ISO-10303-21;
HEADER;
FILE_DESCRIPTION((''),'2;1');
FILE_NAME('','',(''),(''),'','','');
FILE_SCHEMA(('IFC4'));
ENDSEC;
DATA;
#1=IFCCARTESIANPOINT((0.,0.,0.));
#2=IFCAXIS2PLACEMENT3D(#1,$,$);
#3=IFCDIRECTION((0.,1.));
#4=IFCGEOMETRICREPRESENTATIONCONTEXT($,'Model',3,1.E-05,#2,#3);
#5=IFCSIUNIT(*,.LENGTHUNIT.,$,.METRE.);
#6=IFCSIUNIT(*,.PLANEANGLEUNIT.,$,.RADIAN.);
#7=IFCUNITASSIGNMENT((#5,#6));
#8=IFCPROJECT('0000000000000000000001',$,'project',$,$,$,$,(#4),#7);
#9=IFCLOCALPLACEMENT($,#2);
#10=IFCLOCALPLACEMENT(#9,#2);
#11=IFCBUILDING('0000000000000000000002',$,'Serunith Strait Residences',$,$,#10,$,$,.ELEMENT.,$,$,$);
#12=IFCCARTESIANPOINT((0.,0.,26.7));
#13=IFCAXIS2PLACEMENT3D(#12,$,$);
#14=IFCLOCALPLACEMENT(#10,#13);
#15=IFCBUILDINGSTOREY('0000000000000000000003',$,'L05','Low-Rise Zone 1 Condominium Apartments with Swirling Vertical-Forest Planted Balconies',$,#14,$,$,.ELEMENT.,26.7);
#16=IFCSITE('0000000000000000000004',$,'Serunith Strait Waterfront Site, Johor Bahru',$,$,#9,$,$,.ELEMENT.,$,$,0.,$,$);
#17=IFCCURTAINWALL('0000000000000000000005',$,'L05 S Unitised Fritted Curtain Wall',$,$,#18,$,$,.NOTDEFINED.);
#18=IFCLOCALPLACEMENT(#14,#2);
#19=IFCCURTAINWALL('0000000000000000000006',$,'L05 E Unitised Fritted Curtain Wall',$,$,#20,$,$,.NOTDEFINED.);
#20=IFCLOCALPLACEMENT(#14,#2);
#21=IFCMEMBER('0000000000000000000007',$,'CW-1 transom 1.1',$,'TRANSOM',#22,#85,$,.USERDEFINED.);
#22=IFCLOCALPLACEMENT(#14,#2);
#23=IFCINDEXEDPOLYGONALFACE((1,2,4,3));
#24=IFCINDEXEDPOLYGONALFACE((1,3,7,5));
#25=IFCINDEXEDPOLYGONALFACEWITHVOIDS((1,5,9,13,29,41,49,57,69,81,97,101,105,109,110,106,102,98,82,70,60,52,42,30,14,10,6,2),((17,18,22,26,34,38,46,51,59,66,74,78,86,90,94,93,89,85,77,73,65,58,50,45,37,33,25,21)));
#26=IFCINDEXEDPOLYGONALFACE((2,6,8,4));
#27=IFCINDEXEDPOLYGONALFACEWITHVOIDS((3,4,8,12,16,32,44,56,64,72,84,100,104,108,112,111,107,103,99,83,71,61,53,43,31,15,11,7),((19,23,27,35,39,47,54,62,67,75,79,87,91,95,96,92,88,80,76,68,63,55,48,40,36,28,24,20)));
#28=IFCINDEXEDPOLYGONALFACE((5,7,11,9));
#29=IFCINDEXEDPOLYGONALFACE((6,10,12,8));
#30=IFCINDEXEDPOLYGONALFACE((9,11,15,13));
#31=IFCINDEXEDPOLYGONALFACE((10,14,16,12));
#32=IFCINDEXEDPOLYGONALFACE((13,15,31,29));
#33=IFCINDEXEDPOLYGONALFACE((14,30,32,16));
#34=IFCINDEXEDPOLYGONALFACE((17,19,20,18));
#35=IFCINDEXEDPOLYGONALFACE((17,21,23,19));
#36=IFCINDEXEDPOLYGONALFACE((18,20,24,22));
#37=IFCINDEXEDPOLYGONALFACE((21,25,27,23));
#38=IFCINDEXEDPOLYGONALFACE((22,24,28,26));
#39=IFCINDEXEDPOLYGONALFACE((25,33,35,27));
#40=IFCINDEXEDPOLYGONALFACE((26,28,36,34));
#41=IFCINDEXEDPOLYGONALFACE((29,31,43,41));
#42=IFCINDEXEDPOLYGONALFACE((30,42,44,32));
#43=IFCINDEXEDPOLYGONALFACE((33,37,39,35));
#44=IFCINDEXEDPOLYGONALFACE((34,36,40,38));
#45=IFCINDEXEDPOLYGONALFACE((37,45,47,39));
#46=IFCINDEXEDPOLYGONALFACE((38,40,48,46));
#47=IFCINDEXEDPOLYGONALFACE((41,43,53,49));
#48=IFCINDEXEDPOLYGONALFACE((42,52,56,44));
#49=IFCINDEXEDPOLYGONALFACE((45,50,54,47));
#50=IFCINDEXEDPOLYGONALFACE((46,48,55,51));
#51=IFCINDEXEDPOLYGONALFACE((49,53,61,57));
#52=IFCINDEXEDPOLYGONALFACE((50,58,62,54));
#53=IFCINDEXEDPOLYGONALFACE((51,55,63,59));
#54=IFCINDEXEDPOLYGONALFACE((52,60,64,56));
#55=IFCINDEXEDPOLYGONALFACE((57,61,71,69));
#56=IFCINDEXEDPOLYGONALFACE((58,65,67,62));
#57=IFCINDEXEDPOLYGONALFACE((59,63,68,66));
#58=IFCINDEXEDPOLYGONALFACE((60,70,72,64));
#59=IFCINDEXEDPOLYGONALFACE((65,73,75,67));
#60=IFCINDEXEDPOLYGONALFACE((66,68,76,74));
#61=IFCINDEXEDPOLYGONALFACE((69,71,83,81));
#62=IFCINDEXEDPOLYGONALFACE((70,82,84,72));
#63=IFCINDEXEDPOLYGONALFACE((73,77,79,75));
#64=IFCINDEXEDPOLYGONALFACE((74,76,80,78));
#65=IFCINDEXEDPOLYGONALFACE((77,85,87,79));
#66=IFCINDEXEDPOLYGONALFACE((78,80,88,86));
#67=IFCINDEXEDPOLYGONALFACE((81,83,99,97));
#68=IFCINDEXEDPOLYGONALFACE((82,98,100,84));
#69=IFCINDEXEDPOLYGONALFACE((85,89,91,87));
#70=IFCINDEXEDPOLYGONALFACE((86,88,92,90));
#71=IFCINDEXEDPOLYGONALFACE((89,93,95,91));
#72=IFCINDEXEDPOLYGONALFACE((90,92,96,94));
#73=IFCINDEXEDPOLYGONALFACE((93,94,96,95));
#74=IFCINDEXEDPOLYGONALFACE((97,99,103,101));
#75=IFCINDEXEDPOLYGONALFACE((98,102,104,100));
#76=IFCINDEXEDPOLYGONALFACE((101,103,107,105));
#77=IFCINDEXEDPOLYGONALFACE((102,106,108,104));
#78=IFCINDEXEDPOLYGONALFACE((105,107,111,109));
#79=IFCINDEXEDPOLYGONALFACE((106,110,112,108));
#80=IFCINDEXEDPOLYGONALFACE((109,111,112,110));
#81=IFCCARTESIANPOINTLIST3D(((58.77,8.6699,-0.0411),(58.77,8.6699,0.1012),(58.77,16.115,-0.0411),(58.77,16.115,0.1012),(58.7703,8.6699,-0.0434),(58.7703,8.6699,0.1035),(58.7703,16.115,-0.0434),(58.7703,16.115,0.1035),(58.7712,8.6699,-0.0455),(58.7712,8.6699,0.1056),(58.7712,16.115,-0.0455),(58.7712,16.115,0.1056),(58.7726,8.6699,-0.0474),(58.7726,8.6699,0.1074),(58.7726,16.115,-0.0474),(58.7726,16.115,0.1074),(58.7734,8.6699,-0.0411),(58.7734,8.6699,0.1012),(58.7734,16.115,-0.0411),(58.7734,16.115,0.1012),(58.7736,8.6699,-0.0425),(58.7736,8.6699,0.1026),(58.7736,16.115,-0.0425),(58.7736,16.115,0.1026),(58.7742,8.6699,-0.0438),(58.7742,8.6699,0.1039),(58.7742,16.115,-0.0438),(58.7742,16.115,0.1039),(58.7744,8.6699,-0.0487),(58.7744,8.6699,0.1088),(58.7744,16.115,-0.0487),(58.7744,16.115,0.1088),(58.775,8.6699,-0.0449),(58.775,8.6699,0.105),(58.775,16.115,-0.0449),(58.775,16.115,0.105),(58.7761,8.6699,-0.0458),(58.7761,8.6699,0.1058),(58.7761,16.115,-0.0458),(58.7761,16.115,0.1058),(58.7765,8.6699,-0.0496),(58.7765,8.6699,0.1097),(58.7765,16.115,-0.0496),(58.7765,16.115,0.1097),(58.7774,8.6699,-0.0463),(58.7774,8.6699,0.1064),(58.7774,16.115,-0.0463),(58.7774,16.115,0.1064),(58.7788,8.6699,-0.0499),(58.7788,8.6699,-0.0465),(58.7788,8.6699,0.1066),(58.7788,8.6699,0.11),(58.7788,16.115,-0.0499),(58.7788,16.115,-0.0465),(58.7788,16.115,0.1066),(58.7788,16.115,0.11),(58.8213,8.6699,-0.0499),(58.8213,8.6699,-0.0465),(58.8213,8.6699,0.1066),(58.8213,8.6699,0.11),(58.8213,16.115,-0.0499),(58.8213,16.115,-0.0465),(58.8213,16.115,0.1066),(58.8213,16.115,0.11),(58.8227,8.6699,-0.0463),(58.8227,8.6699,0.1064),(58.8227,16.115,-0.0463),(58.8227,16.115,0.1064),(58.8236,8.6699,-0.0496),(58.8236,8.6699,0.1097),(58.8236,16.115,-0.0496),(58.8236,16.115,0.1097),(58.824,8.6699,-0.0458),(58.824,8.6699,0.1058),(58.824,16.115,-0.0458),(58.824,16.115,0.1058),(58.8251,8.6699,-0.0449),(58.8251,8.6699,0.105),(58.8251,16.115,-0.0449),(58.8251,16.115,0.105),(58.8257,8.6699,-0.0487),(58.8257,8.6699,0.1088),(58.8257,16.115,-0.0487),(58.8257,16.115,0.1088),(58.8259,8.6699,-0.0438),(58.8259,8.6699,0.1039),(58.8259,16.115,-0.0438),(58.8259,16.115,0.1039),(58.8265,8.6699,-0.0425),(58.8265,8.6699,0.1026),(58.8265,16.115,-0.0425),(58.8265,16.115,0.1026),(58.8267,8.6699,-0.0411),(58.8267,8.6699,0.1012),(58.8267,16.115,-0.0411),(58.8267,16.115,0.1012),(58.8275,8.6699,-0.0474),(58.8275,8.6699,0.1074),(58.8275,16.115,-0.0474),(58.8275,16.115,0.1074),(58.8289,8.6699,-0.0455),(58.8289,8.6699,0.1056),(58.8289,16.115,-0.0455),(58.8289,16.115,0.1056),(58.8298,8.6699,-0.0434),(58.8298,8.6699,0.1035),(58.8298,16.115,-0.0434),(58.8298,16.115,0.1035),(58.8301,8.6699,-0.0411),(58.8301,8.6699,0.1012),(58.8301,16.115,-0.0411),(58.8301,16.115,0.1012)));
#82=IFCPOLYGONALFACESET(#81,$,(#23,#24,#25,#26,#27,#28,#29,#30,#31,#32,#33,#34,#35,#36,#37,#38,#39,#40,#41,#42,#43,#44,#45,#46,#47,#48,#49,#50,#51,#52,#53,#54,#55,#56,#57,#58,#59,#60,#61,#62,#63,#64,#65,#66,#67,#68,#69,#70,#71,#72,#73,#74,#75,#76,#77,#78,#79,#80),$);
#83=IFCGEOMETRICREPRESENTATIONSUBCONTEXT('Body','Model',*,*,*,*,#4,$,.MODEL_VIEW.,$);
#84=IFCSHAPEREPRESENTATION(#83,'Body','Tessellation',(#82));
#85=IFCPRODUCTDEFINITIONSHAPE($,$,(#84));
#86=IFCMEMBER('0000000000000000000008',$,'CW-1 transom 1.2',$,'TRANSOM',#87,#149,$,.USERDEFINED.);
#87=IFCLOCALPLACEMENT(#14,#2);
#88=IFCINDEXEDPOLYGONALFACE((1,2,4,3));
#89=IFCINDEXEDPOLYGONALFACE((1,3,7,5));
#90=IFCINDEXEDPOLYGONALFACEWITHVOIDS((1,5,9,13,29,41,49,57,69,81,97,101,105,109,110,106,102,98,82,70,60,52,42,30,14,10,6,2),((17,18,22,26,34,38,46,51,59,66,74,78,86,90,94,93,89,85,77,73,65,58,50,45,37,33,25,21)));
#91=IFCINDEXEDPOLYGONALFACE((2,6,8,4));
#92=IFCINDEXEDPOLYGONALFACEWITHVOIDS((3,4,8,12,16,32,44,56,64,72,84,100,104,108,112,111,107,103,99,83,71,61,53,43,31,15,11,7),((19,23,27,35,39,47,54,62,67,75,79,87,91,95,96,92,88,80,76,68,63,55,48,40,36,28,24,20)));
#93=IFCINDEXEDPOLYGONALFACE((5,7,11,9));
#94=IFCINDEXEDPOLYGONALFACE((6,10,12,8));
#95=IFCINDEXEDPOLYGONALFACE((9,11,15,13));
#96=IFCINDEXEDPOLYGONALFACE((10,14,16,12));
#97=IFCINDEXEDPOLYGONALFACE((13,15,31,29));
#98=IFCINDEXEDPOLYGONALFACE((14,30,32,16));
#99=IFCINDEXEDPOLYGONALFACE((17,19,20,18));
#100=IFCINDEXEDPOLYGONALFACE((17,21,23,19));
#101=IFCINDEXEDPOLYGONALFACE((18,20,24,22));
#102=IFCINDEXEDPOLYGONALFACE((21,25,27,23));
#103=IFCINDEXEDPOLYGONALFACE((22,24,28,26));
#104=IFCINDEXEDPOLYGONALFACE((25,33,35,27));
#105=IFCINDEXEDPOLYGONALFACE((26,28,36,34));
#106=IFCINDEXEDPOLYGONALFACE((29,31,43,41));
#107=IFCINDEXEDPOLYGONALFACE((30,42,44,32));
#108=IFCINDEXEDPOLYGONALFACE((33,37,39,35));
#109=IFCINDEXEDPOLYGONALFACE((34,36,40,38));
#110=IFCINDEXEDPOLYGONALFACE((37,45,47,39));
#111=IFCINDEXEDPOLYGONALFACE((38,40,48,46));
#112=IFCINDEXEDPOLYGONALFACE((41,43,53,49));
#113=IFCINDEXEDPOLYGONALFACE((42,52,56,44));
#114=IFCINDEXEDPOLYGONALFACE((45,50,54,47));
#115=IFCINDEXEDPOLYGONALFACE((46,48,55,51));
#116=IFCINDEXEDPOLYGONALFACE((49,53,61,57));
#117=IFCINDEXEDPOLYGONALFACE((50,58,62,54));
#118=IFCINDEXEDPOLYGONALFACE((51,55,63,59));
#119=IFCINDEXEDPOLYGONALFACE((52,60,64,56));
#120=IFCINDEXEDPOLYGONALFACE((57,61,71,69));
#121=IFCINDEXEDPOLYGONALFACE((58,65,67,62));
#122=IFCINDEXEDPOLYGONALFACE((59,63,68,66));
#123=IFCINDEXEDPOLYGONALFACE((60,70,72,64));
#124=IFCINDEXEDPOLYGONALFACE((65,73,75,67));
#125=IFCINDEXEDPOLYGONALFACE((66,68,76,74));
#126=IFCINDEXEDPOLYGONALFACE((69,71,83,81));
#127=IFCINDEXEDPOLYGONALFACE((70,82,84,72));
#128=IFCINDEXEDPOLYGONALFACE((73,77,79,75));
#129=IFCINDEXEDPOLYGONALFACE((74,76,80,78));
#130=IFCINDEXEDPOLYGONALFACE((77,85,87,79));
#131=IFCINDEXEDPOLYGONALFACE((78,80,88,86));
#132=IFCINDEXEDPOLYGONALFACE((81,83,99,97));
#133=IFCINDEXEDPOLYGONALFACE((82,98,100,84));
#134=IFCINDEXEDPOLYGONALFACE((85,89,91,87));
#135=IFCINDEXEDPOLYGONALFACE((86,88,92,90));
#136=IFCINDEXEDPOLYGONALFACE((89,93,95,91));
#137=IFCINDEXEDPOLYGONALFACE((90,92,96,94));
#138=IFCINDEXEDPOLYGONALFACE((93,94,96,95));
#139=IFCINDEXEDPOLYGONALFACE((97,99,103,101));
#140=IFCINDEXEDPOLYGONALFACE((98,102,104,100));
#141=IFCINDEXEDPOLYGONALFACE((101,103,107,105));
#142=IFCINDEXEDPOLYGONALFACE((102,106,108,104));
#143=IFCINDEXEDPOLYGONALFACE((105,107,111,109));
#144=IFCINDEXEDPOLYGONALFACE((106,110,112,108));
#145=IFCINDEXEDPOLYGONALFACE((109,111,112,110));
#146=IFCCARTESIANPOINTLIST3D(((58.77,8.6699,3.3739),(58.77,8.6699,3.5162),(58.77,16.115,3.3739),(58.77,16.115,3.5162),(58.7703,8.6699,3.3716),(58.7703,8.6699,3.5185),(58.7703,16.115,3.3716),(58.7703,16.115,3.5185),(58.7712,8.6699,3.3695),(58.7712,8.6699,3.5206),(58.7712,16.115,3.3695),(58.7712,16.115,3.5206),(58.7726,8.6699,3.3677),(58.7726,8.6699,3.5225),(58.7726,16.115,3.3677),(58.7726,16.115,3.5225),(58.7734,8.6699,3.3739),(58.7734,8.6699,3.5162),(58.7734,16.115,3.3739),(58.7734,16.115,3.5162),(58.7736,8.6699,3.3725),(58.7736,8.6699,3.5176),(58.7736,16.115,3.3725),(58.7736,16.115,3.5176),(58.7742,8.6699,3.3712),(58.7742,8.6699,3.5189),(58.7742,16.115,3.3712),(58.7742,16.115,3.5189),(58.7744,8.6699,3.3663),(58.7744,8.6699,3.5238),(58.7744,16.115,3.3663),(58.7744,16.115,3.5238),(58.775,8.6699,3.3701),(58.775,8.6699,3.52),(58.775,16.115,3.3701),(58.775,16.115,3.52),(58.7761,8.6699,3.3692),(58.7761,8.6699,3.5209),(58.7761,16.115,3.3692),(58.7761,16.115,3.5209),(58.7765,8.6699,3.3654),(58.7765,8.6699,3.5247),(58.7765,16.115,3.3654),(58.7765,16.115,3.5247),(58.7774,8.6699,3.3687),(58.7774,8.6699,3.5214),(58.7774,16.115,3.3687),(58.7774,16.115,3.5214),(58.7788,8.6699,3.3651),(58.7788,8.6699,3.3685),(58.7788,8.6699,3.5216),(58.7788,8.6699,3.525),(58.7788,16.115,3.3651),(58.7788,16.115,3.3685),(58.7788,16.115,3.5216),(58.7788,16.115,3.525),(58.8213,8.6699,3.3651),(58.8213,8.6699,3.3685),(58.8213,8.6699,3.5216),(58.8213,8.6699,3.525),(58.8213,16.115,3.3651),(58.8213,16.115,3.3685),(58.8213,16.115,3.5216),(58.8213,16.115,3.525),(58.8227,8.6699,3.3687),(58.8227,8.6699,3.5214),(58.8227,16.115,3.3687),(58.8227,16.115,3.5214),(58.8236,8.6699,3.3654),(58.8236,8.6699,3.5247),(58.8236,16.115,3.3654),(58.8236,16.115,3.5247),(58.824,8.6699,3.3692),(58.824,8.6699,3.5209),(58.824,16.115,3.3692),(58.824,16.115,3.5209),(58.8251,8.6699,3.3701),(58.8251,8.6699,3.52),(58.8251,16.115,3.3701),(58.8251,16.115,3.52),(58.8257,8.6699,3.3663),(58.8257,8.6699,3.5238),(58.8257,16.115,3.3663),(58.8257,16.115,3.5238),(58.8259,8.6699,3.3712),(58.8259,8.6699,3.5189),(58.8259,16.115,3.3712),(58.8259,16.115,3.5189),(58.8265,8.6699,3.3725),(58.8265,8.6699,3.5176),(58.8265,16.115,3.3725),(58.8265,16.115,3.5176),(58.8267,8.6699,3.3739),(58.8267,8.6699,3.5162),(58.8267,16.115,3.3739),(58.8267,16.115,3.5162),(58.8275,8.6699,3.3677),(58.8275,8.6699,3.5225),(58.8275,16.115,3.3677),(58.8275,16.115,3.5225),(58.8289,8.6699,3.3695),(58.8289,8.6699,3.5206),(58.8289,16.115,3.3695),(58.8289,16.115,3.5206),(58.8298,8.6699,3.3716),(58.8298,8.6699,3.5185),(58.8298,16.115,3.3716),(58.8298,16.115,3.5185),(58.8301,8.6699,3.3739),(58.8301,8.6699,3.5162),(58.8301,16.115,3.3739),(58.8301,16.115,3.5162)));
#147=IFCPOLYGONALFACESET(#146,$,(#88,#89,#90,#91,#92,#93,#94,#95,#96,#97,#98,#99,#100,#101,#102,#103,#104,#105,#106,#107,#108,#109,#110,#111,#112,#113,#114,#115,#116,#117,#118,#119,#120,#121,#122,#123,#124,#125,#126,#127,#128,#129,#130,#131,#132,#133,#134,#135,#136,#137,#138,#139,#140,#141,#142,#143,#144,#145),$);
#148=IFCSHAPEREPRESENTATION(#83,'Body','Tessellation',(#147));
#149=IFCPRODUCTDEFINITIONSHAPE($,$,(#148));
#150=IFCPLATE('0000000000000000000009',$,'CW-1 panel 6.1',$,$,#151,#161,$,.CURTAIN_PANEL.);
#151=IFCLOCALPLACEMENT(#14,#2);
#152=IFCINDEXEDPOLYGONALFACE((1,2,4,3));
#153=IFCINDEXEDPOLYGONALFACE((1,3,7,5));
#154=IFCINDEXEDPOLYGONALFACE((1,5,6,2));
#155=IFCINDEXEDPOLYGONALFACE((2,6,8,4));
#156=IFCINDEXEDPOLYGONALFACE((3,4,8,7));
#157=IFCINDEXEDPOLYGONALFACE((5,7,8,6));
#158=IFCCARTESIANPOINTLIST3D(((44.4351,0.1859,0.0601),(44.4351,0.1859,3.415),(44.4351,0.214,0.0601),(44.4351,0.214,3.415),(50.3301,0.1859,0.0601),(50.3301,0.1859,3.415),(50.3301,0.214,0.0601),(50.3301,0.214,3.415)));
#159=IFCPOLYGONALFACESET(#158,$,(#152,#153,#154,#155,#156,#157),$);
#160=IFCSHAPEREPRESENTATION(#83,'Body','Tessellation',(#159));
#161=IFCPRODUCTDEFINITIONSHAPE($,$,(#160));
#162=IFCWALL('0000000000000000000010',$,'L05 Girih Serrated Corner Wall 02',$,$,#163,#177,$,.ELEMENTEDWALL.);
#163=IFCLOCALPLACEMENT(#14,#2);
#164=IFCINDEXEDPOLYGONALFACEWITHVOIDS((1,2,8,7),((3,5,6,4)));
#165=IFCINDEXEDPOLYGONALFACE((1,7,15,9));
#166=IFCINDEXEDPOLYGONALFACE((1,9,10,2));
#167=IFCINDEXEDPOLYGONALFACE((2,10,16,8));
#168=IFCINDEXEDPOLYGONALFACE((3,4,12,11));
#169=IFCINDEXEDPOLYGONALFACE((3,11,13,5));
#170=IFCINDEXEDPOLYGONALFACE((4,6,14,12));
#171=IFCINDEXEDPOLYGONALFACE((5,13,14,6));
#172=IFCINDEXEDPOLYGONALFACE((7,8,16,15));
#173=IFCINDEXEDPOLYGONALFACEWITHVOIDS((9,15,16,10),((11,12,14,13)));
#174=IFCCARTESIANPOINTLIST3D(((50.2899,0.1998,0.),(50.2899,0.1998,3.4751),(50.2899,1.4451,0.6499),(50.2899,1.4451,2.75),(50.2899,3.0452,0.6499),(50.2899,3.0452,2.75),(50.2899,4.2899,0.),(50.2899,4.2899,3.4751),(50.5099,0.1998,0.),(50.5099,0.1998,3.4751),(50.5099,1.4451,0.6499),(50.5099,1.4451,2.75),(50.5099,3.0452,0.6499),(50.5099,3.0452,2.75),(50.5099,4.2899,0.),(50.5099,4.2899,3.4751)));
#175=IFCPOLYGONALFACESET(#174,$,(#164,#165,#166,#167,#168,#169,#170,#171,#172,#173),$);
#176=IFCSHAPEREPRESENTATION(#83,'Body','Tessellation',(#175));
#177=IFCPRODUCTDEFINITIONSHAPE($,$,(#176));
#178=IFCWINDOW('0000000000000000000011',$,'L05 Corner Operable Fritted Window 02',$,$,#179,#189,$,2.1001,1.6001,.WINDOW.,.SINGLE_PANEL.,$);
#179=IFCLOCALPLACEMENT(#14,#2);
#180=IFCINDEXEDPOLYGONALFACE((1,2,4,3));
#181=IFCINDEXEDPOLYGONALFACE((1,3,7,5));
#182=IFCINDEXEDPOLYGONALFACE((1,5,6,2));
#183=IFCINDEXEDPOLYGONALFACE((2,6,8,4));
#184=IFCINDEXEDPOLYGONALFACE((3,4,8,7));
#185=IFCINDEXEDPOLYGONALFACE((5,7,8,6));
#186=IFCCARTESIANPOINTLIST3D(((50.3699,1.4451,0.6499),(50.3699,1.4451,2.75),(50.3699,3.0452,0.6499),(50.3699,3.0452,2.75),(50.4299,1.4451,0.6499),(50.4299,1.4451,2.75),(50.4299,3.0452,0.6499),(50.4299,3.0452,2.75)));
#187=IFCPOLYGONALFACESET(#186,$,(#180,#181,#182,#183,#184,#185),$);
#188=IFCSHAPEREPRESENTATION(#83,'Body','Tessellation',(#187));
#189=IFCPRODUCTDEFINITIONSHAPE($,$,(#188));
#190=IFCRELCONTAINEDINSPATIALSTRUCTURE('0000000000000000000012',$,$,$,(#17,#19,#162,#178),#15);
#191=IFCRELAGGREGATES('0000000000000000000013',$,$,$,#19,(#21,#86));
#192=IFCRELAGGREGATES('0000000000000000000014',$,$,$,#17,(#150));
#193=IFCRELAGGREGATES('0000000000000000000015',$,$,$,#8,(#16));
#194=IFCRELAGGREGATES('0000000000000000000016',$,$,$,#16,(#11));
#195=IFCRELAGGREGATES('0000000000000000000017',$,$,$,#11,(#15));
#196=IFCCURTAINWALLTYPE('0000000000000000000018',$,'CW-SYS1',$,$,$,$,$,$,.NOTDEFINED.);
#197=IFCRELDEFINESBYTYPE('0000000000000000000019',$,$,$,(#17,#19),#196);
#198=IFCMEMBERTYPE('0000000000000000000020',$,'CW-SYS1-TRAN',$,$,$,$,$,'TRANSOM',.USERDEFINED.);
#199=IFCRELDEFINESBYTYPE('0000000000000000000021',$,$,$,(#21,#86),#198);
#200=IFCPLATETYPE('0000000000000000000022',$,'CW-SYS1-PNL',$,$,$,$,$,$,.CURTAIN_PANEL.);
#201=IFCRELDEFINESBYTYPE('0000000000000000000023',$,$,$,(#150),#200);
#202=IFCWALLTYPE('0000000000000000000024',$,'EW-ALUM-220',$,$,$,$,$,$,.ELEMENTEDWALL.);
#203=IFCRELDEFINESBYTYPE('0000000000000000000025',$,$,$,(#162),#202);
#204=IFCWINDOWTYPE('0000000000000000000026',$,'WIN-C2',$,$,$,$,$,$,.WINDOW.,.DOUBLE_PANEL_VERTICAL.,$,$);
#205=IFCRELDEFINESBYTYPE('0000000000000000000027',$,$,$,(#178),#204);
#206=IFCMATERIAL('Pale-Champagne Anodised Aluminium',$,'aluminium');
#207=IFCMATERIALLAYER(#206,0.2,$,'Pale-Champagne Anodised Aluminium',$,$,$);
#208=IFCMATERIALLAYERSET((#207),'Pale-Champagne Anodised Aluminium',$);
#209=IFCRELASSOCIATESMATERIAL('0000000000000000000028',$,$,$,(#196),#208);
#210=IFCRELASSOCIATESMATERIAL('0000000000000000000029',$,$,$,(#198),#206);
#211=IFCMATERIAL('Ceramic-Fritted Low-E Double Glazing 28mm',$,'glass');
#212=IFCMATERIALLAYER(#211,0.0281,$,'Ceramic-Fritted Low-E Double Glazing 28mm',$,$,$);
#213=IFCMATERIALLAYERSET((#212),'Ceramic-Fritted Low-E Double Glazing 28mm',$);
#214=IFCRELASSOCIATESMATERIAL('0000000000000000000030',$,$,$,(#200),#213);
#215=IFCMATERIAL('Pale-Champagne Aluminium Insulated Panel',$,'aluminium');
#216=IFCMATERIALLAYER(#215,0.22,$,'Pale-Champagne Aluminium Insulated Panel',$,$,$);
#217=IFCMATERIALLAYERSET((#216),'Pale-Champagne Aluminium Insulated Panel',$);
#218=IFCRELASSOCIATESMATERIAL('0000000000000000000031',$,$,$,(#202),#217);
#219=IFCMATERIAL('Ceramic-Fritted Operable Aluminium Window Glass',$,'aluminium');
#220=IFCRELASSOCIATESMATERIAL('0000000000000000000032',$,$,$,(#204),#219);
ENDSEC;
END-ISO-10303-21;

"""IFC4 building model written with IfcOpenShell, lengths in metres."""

from ifc_helpers import new_model, si_unit, direction, frame, frame_2d, origin, origin_2d, place, context, subcontext, project, spatial, rectangle, hollow_rectangle, extrude, source, transform, mapped, material, layer, layer_set, material_profile, profile_set, type_object, element, fill, aggregate, save


model = new_model("IFC4")

# Units and contexts
model_context = context("Model", 3, precision=1e-05, world=origin(), true_north=direction((0.0, 1.0)))
body_context = subcontext(model_context, "Body", "Model", "MODEL_VIEW")
ifc_project = project(units=[si_unit("LENGTHUNIT", "METRE"), si_unit("PLANEANGLEUNIT", "RADIAN")], contexts=[model_context])

# Site, building, storey
site_placement = place(None, origin())
site = spatial("IfcSite", under=ifc_project, at=site_placement, Name="Serunith Strait Waterfront Site, Johor Bahru", CompositionType="ELEMENT", RefElevation=0.0)
building_placement = place(site_placement, origin())
building = spatial("IfcBuilding", under=site, at=building_placement, Name="Serunith Strait Residences", CompositionType="ELEMENT")
storey_placement = place(building_placement, frame((0.0, 0.0, 26.7)))
storey = spatial("IfcBuildingStorey", under=building, at=storey_placement, Name="L05", Description="Low-Rise Zone 1 Condominium Apartments with Swirling Vertical-Forest Planted Balconies", CompositionType="ELEMENT", Elevation=26.7)

# Curtain wall
ifc_material_1 = material(Name="Pale-Champagne Anodised Aluminium", Category="aluminium")
ifc_layer_1 = layer(ifc_material_1, 0.2, Name="Pale-Champagne Anodised Aluminium")
ifc_layer_set_1 = layer_set([ifc_layer_1], Name="Pale-Champagne Anodised Aluminium")
curtain_wall_type = type_object("IfcCurtainWallType", Name="CW-SYS1", PredefinedType="NOTDEFINED", material=ifc_layer_set_1)
curtain_wall_1_placement = place(storey_placement, origin())
curtain_wall_1 = element("IfcCurtainWall", 1, at=curtain_wall_1_placement, inside=storey, type_object=curtain_wall_type, Name="L05 S Unitised Fritted Curtain Wall", PredefinedType="NOTDEFINED")

# Curtain wall, members
curtain_wall_2_placement = place(storey_placement, origin())
curtain_wall_2 = element("IfcCurtainWall", 2, at=curtain_wall_2_placement, inside=storey, type_object=curtain_wall_type, Name="L05 E Unitised Fritted Curtain Wall", PredefinedType="NOTDEFINED")
ifc_material_profile_1 = material_profile(ifc_material_1, hollow_rectangle(XDim=0.0601, YDim=0.1599, WallThickness=0.0034, InnerFilletRadius=0.0054, OuterFilletRadius=0.0088, at=origin_2d()), Name="ALU 160x60x3.5")
ifc_profile_set_1 = profile_set([ifc_material_profile_1], Name="Pale-Champagne Anodised Aluminium")
member_type_1 = type_object("IfcMemberType", Name="CW-SYS1-TRAN", ElementType="TRANSOM", PredefinedType="USERDEFINED", material=ifc_profile_set_1)
shared_shape_1 = source(origin(), body_context, "Body", "SweptSolid", [
    extrude(hollow_rectangle(XDim=0.0601, YDim=0.1599, WallThickness=0.0034, InnerFilletRadius=0.0054, OuterFilletRadius=0.0088, at=origin_2d()), origin(), (0.0, 0.0, 1.0), 7.4451),
])
member_1_placement = place(storey_placement, frame((58.8, 8.6699, 0.03), z_axis=(0.0, 1.0, 0.0), x_axis=(-1.0, 0.0, 0.0)))
member_1 = element("IfcMember", 3, at=member_1_placement, type_object=member_type_1, Name="CW-1 transom 1.1", ObjectType="TRANSOM", PredefinedType="USERDEFINED", context=body_context, shape_type="MappedRepresentation", body=[
    mapped(shared_shape_1, transform((0.0, 0.0, 0.0), scale=1.0)),
])
member_2_placement = place(storey_placement, frame((58.8, 8.6699, 3.4451), z_axis=(0.0, 1.0, 0.0), x_axis=(-1.0, 0.0, 0.0)))
member_2 = element("IfcMember", 4, at=member_2_placement, type_object=member_type_1, Name="CW-1 transom 1.2", ObjectType="TRANSOM", PredefinedType="USERDEFINED", context=body_context, shape_type="MappedRepresentation", body=[
    mapped(shared_shape_1, transform((0.0, 0.0, 0.0), scale=1.0)),
])
aggregate(curtain_wall_2, [member_1, member_2])

# Plate
ifc_material_2 = material(Name="Ceramic-Fritted Low-E Double Glazing 28mm", Category="glass")
ifc_layer_2 = layer(ifc_material_2, 0.0281, Name="Ceramic-Fritted Low-E Double Glazing 28mm")
ifc_layer_set_2 = layer_set([ifc_layer_2], Name="Ceramic-Fritted Low-E Double Glazing 28mm")
plate_type = type_object("IfcPlateType", Name="CW-SYS1-PNL", PredefinedType="CURTAIN_PANEL", material=ifc_layer_set_2)
shared_shape_2 = source(origin(), body_context, "Body", "SweptSolid", [
    extrude(rectangle(XDim=5.895, YDim=0.0281, at=origin_2d()), origin(), (0.0, 0.0, 1.0), 3.355),
])
plate_placement = place(storey_placement, frame((47.3826, 0.2, 0.0601), z_axis=(0.0, 0.0, 1.0), x_axis=(1.0, 0.0, 0.0)))
plate = element("IfcPlate", 5, at=plate_placement, type_object=plate_type, Name="CW-1 panel 6.1", PredefinedType="CURTAIN_PANEL", context=body_context, shape_type="MappedRepresentation", body=[
    mapped(shared_shape_2, transform((0.0, 0.0, 0.0), scale=1.0)),
])
aggregate(curtain_wall_1, [plate])

# Wall, opening, window
ifc_material_3 = material(Name="Pale-Champagne Aluminium Insulated Panel", Category="aluminium")
ifc_layer_3 = layer(ifc_material_3, 0.22, Name="Pale-Champagne Aluminium Insulated Panel")
ifc_layer_set_3 = layer_set([ifc_layer_3], Name="Pale-Champagne Aluminium Insulated Panel")
wall_type_1 = type_object("IfcWallType", Name="EW-ALUM-220", PredefinedType="ELEMENTEDWALL", material=ifc_layer_set_3)
wall_1_placement = place(storey_placement, frame((50.3999, 0.2, 0.0), z_axis=(0.0, 0.0, 1.0), x_axis=(0.0, 1.0, 0.0)))
wall_1 = element("IfcWall", 6, at=wall_1_placement, inside=storey, type_object=wall_type_1, Name="L05 Girih Serrated Corner Wall 02", PredefinedType="ELEMENTEDWALL", context=body_context, shape_type="SweptSolid", body=[
    extrude(rectangle(XDim=4.0901, YDim=0.22, at=frame_2d((2.0449, 0.0))), origin(), (0.0, 0.0, 1.0), 3.4751),
])
opening_1_placement = place(wall_1_placement, frame((1.2451, 0.0, 0.6499)))
opening_1 = element("IfcOpeningElement", 7, at=opening_1_placement, cuts=wall_1, PredefinedType="OPENING", context=body_context, shape_type="SweptSolid", body=[
    extrude(rectangle(XDim=1.6001, YDim=2.1001, at=frame_2d((0.8, 1.05))), frame((0.0, 0.1201, 0.0), z_axis=(0.0, -1.0, 0.0), x_axis=(1.0, 0.0, 0.0)), (0.0, 0.0, 1.0), 0.24),
])
ifc_material_4 = material(Name="Ceramic-Fritted Operable Aluminium Window Glass", Category="aluminium")
window_type = type_object("IfcWindowType", Name="WIN-C2", PartitioningType="DOUBLE_PANEL_VERTICAL", PredefinedType="WINDOW", material=ifc_material_4)
shared_shape_3 = source(origin(), body_context, "Body", "SweptSolid", [
    extrude(rectangle(XDim=1.6001, YDim=2.1001, at=frame_2d((0.8, 1.05))), frame((0.0, 0.03, 0.0), z_axis=(0.0, -1.0, 0.0), x_axis=(1.0, 0.0, 0.0)), (0.0, 0.0, 1.0), 0.0601),
])
window_1_placement = place(opening_1_placement, origin())
window_1 = element("IfcWindow", 8, at=window_1_placement, inside=storey, type_object=window_type, Name="L05 Corner Operable Fritted Window 02", OverallHeight=2.1001, OverallWidth=1.6001, PartitioningType="SINGLE_PANEL", PredefinedType="WINDOW", context=body_context, shape_type="MappedRepresentation", body=[
    mapped(shared_shape_3, transform((0.0, 0.0, 0.0), scale=1.0)),
])
fill(opening_1, window_1)

save(model, "model.ifc")
